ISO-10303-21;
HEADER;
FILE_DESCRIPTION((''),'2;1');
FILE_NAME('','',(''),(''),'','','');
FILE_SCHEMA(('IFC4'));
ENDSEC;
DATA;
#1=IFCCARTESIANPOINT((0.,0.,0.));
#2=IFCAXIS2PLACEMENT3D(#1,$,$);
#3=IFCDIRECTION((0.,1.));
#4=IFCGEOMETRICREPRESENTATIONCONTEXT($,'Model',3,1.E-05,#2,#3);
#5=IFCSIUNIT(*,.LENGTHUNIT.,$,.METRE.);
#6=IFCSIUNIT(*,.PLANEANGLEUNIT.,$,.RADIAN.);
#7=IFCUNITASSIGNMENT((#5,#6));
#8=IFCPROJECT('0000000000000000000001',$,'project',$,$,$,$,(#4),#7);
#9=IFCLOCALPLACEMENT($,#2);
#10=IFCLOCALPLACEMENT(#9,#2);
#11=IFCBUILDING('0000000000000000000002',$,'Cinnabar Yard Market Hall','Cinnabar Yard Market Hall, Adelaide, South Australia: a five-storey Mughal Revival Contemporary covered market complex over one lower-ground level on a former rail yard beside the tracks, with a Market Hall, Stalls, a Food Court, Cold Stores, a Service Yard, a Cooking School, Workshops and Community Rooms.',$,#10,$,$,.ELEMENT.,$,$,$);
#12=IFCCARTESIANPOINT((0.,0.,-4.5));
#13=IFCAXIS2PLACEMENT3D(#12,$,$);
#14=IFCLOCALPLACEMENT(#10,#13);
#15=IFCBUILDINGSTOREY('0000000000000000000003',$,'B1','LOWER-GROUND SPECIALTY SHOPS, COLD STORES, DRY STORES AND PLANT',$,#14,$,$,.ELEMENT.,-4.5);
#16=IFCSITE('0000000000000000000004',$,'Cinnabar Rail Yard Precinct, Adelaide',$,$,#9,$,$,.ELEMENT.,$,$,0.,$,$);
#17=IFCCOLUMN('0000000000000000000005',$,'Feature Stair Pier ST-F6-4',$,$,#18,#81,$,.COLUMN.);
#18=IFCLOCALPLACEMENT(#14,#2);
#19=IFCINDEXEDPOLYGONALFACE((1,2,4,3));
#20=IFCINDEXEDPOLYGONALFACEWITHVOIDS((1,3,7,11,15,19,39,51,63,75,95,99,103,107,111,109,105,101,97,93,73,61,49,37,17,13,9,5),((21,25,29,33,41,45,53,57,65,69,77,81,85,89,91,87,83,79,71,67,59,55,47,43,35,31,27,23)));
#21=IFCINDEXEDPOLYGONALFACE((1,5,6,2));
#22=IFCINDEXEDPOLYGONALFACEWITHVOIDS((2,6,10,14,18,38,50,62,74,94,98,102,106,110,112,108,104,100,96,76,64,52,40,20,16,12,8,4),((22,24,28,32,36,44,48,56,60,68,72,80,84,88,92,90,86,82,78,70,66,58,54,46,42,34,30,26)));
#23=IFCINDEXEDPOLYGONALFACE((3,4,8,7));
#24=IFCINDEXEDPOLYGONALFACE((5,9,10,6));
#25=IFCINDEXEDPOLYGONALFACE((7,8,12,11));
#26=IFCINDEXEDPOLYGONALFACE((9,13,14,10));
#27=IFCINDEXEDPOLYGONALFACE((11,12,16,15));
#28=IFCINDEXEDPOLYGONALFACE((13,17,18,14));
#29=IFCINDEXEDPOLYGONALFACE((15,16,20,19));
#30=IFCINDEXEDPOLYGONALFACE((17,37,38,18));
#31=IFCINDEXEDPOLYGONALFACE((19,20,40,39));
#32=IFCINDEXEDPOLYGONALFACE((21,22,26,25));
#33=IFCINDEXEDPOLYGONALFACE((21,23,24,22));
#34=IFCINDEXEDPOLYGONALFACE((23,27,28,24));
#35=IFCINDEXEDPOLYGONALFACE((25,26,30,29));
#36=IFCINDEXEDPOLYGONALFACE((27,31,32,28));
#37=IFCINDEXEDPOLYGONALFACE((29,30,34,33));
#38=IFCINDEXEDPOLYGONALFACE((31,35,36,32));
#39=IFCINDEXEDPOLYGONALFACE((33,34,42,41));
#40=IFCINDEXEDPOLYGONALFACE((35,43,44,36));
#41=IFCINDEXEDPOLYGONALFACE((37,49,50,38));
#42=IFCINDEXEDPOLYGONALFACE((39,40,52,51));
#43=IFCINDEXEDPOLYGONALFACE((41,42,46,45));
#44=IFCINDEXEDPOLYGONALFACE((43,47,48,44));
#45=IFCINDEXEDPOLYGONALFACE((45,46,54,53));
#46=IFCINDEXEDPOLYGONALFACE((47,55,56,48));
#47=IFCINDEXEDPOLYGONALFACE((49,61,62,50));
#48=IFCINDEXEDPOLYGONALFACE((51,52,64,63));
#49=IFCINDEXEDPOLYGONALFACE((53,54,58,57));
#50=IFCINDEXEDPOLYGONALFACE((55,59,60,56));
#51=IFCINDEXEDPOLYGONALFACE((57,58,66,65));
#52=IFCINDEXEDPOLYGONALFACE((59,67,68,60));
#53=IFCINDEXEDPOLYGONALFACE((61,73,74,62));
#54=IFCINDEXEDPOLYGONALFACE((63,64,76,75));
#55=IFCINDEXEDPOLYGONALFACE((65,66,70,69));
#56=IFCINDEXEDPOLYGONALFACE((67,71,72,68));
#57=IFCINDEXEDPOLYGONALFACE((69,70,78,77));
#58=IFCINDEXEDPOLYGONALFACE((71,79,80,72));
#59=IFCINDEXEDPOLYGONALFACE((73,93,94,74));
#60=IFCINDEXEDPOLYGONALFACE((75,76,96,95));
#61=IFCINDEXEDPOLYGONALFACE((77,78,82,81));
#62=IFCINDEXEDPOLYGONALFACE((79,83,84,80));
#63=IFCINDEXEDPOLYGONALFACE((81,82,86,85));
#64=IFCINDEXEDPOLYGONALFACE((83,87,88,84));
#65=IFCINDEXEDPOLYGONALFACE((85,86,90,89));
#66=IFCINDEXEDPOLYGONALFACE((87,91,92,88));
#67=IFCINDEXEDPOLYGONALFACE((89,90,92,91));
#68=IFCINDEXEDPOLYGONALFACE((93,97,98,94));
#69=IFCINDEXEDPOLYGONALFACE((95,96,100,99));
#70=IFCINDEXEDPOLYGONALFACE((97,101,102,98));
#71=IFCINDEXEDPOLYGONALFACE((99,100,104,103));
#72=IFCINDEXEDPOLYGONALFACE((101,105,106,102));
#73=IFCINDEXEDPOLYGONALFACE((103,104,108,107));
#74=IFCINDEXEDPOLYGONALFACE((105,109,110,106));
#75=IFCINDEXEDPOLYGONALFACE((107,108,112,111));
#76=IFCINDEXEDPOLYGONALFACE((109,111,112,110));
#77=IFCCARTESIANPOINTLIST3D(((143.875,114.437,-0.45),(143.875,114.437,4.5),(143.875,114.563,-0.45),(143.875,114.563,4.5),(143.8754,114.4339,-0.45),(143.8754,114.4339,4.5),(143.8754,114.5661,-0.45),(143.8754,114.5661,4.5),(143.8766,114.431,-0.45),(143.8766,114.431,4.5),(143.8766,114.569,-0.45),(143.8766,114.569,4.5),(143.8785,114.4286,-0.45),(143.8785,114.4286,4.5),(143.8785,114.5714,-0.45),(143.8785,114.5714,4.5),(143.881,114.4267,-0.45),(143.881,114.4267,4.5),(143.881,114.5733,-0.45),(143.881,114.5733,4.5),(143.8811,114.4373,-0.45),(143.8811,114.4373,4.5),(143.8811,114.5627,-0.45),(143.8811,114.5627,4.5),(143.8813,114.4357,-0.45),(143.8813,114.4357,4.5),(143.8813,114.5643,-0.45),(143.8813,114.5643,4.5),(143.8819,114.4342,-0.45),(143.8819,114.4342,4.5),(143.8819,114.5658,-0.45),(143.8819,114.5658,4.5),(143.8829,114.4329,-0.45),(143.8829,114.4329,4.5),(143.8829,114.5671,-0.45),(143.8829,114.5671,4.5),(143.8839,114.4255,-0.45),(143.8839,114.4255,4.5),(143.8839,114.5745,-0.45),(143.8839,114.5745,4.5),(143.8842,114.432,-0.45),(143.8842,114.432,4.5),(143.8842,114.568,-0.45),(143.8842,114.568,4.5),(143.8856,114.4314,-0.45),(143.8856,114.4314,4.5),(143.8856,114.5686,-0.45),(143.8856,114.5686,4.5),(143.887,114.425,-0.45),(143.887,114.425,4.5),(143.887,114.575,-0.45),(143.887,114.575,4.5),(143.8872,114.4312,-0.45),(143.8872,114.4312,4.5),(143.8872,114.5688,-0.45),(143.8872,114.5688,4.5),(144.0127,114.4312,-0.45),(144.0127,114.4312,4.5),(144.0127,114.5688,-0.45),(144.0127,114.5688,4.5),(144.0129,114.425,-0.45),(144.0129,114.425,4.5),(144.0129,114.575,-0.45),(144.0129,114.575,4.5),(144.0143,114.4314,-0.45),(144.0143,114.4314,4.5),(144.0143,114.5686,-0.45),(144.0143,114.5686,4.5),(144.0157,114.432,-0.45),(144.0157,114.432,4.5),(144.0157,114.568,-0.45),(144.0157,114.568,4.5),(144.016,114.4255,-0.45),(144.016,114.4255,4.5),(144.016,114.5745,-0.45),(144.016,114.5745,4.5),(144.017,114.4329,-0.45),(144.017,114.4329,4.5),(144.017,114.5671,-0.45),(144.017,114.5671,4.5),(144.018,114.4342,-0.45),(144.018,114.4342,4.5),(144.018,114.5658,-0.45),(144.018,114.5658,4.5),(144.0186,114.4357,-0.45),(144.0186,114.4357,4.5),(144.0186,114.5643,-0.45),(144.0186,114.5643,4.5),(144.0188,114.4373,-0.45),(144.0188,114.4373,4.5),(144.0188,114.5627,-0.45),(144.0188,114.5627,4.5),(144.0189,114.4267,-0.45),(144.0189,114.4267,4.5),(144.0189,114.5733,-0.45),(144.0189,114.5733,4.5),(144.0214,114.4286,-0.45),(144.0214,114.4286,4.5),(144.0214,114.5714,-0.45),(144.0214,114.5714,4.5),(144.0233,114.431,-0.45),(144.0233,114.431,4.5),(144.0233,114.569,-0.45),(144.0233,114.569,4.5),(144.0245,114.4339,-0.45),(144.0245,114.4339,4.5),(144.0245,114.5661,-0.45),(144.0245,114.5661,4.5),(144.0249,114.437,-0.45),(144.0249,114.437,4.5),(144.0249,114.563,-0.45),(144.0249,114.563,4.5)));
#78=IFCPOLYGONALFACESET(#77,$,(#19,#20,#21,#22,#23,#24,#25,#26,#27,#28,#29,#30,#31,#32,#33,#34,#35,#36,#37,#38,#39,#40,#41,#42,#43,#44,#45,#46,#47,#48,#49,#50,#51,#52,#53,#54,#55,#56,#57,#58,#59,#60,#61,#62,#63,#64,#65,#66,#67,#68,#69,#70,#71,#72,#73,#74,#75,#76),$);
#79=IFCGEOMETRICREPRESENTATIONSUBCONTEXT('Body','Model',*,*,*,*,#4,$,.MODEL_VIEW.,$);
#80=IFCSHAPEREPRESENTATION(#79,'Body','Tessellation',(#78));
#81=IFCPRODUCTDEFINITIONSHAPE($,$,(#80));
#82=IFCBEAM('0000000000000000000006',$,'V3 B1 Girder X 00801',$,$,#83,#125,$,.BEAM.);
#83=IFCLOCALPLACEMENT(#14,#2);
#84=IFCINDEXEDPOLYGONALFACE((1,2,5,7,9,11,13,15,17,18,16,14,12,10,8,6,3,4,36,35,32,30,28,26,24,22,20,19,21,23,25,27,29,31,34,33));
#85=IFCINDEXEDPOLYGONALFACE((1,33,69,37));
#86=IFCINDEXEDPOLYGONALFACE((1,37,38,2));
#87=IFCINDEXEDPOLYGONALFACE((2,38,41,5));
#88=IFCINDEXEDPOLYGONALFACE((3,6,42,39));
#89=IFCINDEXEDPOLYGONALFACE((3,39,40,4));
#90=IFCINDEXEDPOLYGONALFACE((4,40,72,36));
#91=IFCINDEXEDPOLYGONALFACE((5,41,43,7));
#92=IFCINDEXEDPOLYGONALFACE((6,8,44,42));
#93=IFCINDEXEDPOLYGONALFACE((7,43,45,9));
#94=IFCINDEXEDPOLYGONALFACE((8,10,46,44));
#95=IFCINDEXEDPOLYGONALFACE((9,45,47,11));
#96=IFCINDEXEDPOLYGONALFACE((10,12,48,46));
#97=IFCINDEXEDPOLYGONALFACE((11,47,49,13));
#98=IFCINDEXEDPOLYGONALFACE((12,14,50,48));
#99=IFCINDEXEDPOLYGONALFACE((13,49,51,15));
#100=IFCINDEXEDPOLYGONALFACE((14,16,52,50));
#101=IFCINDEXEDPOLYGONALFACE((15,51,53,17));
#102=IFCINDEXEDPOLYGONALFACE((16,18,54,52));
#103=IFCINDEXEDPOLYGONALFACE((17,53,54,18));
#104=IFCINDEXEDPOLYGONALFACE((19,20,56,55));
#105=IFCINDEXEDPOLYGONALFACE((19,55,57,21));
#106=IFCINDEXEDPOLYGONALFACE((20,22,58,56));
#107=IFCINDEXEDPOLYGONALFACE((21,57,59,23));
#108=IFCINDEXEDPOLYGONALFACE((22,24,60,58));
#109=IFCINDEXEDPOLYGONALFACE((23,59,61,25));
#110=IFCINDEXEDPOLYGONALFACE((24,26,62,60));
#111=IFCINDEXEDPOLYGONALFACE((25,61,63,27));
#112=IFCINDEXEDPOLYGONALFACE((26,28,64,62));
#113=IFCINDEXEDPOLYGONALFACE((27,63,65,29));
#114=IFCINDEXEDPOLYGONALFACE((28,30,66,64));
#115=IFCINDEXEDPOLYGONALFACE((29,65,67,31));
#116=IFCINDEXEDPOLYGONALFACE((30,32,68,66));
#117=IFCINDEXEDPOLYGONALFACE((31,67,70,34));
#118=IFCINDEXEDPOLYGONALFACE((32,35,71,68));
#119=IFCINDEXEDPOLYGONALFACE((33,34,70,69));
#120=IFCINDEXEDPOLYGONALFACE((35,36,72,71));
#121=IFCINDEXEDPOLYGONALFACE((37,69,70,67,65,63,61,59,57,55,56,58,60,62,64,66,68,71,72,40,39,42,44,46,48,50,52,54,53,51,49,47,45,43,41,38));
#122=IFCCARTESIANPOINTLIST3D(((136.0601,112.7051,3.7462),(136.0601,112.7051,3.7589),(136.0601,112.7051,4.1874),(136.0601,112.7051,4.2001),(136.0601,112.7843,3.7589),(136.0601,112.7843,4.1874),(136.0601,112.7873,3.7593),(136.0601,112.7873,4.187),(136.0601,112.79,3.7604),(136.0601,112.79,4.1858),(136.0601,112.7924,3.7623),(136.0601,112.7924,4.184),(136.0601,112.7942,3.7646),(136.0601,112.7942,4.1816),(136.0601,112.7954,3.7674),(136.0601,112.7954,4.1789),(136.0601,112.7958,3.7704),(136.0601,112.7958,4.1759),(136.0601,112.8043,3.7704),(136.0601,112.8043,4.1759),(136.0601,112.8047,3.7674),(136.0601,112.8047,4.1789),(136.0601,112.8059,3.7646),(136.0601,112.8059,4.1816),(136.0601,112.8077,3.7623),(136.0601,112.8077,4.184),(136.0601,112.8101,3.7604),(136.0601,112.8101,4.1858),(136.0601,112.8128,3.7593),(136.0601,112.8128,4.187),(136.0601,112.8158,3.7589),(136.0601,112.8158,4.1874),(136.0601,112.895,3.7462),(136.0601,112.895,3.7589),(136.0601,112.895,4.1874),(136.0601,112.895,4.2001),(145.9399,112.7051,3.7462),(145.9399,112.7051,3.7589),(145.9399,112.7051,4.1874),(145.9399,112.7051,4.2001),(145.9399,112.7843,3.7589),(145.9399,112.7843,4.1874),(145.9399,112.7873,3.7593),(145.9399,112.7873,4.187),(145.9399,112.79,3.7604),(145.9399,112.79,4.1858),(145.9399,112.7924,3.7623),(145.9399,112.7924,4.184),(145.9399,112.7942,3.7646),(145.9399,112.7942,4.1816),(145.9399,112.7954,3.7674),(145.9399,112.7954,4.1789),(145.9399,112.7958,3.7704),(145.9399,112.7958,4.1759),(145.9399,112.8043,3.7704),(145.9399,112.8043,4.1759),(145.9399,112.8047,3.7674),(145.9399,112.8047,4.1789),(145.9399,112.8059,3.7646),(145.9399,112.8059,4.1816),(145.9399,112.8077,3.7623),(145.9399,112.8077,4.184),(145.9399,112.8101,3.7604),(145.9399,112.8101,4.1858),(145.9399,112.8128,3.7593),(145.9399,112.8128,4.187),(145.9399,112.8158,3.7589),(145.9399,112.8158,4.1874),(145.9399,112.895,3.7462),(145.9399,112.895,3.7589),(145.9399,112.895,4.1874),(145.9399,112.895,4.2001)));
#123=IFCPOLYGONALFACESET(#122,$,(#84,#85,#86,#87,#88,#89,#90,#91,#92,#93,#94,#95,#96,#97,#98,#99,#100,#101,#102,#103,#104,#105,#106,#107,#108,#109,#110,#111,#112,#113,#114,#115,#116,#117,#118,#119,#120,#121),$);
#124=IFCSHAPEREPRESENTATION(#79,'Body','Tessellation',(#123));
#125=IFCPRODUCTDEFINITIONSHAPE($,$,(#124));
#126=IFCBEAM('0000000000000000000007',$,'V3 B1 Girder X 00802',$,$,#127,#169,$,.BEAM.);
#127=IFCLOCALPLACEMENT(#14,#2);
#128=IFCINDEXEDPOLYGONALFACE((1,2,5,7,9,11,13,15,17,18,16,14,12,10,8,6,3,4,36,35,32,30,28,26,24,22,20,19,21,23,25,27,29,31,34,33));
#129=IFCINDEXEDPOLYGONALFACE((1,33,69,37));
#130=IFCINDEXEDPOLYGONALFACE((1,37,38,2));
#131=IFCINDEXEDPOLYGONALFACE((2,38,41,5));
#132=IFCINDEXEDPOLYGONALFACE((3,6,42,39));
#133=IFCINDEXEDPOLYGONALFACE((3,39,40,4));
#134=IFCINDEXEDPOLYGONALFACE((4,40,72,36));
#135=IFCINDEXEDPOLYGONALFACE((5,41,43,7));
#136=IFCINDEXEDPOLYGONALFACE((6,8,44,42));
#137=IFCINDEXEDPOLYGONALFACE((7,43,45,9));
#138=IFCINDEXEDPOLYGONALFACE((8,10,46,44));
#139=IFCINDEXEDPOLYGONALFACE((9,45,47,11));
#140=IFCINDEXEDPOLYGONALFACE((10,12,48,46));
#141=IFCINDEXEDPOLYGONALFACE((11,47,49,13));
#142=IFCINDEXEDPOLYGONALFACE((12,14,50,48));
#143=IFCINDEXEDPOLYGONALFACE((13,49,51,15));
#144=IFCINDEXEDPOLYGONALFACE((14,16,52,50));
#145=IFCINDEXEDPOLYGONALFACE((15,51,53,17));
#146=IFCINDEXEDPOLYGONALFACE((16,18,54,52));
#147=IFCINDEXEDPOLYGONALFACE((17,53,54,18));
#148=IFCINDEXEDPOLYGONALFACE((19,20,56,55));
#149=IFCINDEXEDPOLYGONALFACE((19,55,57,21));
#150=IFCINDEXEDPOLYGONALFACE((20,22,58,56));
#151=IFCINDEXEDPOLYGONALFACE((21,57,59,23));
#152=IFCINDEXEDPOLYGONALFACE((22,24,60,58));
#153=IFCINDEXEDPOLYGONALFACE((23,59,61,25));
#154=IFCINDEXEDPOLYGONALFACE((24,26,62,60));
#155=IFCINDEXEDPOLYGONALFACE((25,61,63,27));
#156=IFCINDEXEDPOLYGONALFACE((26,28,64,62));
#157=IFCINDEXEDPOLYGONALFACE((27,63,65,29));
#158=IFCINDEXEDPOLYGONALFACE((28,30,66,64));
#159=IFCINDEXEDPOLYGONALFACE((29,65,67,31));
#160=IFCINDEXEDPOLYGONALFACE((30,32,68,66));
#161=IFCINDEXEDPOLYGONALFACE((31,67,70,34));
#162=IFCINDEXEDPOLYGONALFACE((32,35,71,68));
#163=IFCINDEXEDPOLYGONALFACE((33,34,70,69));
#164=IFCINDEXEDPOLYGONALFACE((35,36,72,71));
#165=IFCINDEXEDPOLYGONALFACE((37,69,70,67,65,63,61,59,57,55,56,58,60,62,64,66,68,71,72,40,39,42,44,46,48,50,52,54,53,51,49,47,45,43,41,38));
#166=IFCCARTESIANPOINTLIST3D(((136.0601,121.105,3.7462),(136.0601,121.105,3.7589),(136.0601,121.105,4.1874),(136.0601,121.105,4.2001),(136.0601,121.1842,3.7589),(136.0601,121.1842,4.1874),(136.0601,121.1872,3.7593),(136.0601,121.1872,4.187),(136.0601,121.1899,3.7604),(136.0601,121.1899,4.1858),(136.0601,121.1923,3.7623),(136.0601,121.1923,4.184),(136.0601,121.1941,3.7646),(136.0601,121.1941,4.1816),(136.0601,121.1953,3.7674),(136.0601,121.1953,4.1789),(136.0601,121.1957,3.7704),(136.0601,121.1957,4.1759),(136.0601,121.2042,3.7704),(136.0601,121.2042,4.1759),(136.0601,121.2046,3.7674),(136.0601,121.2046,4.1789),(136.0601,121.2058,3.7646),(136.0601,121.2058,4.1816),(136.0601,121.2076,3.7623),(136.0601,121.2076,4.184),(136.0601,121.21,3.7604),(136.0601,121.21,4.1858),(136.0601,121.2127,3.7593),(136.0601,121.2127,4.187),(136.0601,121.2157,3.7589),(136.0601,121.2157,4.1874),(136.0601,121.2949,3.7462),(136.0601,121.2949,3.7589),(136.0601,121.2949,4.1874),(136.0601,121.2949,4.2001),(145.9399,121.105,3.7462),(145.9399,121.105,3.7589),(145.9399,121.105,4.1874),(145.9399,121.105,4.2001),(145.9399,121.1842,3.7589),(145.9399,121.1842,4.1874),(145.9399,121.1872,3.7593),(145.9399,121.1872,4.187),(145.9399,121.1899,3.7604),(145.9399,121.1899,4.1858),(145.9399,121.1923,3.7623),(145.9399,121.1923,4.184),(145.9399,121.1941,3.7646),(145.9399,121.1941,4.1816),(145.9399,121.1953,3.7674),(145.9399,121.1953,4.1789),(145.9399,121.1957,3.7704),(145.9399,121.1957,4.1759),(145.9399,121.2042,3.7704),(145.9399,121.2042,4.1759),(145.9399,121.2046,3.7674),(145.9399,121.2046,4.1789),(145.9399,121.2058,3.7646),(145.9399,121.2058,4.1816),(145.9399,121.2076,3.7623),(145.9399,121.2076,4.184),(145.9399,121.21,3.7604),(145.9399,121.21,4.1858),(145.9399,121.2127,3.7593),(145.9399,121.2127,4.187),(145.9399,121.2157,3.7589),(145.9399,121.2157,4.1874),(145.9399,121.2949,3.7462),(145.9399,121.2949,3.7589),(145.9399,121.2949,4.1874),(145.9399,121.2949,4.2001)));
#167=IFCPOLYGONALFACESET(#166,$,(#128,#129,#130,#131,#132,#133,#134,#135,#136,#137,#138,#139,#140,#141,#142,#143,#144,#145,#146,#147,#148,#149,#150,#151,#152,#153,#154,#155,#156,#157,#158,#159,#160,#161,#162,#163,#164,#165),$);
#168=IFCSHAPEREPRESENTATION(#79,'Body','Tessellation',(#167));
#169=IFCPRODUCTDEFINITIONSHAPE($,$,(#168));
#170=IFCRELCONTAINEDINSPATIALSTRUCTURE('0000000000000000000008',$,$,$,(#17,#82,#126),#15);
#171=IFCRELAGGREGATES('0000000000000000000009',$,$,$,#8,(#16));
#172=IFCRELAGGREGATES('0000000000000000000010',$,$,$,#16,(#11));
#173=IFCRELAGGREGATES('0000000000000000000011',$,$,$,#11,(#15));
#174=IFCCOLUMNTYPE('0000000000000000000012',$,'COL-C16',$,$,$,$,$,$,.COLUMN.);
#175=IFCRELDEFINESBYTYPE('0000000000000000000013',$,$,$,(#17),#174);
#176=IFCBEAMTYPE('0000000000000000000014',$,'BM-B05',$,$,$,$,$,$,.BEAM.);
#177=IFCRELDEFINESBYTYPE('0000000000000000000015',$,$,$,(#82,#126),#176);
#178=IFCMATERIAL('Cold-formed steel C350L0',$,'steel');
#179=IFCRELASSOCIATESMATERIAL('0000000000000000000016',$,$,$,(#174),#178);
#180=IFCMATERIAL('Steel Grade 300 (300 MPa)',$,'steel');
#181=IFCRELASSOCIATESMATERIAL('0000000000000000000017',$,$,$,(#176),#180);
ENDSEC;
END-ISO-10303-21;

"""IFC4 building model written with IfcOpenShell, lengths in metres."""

from ifc_helpers import new_model, si_unit, direction, frame, origin, origin_2d_with_axis, place, context, subcontext, project, spatial, hollow_rectangle, i_section, extrude, material, material_profile, profile_set, type_object, element, save


model = new_model("IFC4")

# Units and contexts
model_context = context("Model", 3, precision=1e-05, world=origin(), true_north=direction((0.0, 1.0)))
body_context = subcontext(model_context, "Body", "Model", "MODEL_VIEW")
ifc_project = project(units=[si_unit("LENGTHUNIT", "METRE"), si_unit("PLANEANGLEUNIT", "RADIAN")], contexts=[model_context])

# Site, building, storey
site_placement = place(None, origin())
site = spatial("IfcSite", under=ifc_project, at=site_placement, Name="Cinnabar Rail Yard Precinct, Adelaide", CompositionType="ELEMENT", RefElevation=0.0)
building_placement = place(site_placement, origin())
building = spatial("IfcBuilding", under=site, at=building_placement, Name="Cinnabar Yard Market Hall", Description="Cinnabar Yard Market Hall, Adelaide, South Australia: a five-storey Mughal Revival Contemporary covered market complex over one lower-ground level on a former rail yard beside the tracks, with a Market Hall, Stalls, a Food Court, Cold Stores, a Service Yard, a Cooking School, Workshops and Community Rooms.", CompositionType="ELEMENT")
storey_placement = place(building_placement, frame((0.0, 0.0, -4.5)))
storey = spatial("IfcBuildingStorey", under=building, at=storey_placement, Name="B1", Description="LOWER-GROUND SPECIALTY SHOPS, COLD STORES, DRY STORES AND PLANT", CompositionType="ELEMENT", Elevation=-4.5)

# Column
ifc_material_1 = material(Name="Steel Grade 300 (300 MPa)", Category="steel")
ifc_material_2 = material(Name="Cold-formed steel C350L0", Category="steel")
ifc_material_profile_1 = material_profile(ifc_material_2, hollow_rectangle(XDim=0.1499, YDim=0.1499, WallThickness=0.0061, InnerFilletRadius=0.0061, OuterFilletRadius=0.012, at=origin_2d_with_axis()), Name="150x150x6.0SHS")
ifc_profile_set_1 = profile_set([ifc_material_profile_1], Name="Cold-formed steel C350L0")
column_type_1 = type_object("IfcColumnType", Name="COL-C16", PredefinedType="COLUMN", material=ifc_profile_set_1)
for number, where, z_axis, x_axis, name in (
    (1, (143.95, 114.5, -0.45), (0.0, 0.0, 1.0), (1.0, 0.0, 0.0), "Feature Stair Pier ST-F6-4"),
):
    element("IfcColumn", number, at=place(storey_placement, frame(where, z_axis=z_axis, x_axis=x_axis)), inside=storey, type_object=column_type_1, Name=name, PredefinedType="COLUMN", context=body_context, shape_type="SweptSolid", body=[
        extrude(hollow_rectangle(XDim=0.1499, YDim=0.1499, WallThickness=0.0061, InnerFilletRadius=0.0061, OuterFilletRadius=0.012, at=origin_2d_with_axis()), origin(), (0.0, 0.0, 1.0), 4.95),
    ])

# Beams
ifc_material_profile_2 = material_profile(ifc_material_1, i_section(OverallWidth=0.1899, OverallDepth=0.4539, WebThickness=0.0085, FlangeThickness=0.0127, FilletRadius=0.0115, at=origin_2d_with_axis()), Name="460UB67.1")
ifc_profile_set_2 = profile_set([ifc_material_profile_2], Name="Steel Grade 300 (300 MPa)")
beam_type_1 = type_object("IfcBeamType", Name="BM-B05", PredefinedType="BEAM", material=ifc_profile_set_2)
for number, where, z_axis, x_axis, name in (
    (2, (136.0601, 112.8, 3.9731), (1.0, 0.0, 0.0), (0.0, 1.0, 0.0), "V3 B1 Girder X 00801"),
    (3, (136.0601, 121.2, 3.9731), (1.0, 0.0, 0.0), (0.0, 1.0, 0.0), "V3 B1 Girder X 00802"),
):
    element("IfcBeam", number, at=place(storey_placement, frame(where, z_axis=z_axis, x_axis=x_axis)), inside=storey, type_object=beam_type_1, Name=name, PredefinedType="BEAM", context=body_context, shape_type="SweptSolid", body=[
        extrude(i_section(OverallWidth=0.1899, OverallDepth=0.4539, WebThickness=0.0085, FlangeThickness=0.0127, FilletRadius=0.0115, at=origin_2d_with_axis()), origin(), (0.0, 0.0, 1.0), 9.8799),
    ])

save(model, "model.ifc")
